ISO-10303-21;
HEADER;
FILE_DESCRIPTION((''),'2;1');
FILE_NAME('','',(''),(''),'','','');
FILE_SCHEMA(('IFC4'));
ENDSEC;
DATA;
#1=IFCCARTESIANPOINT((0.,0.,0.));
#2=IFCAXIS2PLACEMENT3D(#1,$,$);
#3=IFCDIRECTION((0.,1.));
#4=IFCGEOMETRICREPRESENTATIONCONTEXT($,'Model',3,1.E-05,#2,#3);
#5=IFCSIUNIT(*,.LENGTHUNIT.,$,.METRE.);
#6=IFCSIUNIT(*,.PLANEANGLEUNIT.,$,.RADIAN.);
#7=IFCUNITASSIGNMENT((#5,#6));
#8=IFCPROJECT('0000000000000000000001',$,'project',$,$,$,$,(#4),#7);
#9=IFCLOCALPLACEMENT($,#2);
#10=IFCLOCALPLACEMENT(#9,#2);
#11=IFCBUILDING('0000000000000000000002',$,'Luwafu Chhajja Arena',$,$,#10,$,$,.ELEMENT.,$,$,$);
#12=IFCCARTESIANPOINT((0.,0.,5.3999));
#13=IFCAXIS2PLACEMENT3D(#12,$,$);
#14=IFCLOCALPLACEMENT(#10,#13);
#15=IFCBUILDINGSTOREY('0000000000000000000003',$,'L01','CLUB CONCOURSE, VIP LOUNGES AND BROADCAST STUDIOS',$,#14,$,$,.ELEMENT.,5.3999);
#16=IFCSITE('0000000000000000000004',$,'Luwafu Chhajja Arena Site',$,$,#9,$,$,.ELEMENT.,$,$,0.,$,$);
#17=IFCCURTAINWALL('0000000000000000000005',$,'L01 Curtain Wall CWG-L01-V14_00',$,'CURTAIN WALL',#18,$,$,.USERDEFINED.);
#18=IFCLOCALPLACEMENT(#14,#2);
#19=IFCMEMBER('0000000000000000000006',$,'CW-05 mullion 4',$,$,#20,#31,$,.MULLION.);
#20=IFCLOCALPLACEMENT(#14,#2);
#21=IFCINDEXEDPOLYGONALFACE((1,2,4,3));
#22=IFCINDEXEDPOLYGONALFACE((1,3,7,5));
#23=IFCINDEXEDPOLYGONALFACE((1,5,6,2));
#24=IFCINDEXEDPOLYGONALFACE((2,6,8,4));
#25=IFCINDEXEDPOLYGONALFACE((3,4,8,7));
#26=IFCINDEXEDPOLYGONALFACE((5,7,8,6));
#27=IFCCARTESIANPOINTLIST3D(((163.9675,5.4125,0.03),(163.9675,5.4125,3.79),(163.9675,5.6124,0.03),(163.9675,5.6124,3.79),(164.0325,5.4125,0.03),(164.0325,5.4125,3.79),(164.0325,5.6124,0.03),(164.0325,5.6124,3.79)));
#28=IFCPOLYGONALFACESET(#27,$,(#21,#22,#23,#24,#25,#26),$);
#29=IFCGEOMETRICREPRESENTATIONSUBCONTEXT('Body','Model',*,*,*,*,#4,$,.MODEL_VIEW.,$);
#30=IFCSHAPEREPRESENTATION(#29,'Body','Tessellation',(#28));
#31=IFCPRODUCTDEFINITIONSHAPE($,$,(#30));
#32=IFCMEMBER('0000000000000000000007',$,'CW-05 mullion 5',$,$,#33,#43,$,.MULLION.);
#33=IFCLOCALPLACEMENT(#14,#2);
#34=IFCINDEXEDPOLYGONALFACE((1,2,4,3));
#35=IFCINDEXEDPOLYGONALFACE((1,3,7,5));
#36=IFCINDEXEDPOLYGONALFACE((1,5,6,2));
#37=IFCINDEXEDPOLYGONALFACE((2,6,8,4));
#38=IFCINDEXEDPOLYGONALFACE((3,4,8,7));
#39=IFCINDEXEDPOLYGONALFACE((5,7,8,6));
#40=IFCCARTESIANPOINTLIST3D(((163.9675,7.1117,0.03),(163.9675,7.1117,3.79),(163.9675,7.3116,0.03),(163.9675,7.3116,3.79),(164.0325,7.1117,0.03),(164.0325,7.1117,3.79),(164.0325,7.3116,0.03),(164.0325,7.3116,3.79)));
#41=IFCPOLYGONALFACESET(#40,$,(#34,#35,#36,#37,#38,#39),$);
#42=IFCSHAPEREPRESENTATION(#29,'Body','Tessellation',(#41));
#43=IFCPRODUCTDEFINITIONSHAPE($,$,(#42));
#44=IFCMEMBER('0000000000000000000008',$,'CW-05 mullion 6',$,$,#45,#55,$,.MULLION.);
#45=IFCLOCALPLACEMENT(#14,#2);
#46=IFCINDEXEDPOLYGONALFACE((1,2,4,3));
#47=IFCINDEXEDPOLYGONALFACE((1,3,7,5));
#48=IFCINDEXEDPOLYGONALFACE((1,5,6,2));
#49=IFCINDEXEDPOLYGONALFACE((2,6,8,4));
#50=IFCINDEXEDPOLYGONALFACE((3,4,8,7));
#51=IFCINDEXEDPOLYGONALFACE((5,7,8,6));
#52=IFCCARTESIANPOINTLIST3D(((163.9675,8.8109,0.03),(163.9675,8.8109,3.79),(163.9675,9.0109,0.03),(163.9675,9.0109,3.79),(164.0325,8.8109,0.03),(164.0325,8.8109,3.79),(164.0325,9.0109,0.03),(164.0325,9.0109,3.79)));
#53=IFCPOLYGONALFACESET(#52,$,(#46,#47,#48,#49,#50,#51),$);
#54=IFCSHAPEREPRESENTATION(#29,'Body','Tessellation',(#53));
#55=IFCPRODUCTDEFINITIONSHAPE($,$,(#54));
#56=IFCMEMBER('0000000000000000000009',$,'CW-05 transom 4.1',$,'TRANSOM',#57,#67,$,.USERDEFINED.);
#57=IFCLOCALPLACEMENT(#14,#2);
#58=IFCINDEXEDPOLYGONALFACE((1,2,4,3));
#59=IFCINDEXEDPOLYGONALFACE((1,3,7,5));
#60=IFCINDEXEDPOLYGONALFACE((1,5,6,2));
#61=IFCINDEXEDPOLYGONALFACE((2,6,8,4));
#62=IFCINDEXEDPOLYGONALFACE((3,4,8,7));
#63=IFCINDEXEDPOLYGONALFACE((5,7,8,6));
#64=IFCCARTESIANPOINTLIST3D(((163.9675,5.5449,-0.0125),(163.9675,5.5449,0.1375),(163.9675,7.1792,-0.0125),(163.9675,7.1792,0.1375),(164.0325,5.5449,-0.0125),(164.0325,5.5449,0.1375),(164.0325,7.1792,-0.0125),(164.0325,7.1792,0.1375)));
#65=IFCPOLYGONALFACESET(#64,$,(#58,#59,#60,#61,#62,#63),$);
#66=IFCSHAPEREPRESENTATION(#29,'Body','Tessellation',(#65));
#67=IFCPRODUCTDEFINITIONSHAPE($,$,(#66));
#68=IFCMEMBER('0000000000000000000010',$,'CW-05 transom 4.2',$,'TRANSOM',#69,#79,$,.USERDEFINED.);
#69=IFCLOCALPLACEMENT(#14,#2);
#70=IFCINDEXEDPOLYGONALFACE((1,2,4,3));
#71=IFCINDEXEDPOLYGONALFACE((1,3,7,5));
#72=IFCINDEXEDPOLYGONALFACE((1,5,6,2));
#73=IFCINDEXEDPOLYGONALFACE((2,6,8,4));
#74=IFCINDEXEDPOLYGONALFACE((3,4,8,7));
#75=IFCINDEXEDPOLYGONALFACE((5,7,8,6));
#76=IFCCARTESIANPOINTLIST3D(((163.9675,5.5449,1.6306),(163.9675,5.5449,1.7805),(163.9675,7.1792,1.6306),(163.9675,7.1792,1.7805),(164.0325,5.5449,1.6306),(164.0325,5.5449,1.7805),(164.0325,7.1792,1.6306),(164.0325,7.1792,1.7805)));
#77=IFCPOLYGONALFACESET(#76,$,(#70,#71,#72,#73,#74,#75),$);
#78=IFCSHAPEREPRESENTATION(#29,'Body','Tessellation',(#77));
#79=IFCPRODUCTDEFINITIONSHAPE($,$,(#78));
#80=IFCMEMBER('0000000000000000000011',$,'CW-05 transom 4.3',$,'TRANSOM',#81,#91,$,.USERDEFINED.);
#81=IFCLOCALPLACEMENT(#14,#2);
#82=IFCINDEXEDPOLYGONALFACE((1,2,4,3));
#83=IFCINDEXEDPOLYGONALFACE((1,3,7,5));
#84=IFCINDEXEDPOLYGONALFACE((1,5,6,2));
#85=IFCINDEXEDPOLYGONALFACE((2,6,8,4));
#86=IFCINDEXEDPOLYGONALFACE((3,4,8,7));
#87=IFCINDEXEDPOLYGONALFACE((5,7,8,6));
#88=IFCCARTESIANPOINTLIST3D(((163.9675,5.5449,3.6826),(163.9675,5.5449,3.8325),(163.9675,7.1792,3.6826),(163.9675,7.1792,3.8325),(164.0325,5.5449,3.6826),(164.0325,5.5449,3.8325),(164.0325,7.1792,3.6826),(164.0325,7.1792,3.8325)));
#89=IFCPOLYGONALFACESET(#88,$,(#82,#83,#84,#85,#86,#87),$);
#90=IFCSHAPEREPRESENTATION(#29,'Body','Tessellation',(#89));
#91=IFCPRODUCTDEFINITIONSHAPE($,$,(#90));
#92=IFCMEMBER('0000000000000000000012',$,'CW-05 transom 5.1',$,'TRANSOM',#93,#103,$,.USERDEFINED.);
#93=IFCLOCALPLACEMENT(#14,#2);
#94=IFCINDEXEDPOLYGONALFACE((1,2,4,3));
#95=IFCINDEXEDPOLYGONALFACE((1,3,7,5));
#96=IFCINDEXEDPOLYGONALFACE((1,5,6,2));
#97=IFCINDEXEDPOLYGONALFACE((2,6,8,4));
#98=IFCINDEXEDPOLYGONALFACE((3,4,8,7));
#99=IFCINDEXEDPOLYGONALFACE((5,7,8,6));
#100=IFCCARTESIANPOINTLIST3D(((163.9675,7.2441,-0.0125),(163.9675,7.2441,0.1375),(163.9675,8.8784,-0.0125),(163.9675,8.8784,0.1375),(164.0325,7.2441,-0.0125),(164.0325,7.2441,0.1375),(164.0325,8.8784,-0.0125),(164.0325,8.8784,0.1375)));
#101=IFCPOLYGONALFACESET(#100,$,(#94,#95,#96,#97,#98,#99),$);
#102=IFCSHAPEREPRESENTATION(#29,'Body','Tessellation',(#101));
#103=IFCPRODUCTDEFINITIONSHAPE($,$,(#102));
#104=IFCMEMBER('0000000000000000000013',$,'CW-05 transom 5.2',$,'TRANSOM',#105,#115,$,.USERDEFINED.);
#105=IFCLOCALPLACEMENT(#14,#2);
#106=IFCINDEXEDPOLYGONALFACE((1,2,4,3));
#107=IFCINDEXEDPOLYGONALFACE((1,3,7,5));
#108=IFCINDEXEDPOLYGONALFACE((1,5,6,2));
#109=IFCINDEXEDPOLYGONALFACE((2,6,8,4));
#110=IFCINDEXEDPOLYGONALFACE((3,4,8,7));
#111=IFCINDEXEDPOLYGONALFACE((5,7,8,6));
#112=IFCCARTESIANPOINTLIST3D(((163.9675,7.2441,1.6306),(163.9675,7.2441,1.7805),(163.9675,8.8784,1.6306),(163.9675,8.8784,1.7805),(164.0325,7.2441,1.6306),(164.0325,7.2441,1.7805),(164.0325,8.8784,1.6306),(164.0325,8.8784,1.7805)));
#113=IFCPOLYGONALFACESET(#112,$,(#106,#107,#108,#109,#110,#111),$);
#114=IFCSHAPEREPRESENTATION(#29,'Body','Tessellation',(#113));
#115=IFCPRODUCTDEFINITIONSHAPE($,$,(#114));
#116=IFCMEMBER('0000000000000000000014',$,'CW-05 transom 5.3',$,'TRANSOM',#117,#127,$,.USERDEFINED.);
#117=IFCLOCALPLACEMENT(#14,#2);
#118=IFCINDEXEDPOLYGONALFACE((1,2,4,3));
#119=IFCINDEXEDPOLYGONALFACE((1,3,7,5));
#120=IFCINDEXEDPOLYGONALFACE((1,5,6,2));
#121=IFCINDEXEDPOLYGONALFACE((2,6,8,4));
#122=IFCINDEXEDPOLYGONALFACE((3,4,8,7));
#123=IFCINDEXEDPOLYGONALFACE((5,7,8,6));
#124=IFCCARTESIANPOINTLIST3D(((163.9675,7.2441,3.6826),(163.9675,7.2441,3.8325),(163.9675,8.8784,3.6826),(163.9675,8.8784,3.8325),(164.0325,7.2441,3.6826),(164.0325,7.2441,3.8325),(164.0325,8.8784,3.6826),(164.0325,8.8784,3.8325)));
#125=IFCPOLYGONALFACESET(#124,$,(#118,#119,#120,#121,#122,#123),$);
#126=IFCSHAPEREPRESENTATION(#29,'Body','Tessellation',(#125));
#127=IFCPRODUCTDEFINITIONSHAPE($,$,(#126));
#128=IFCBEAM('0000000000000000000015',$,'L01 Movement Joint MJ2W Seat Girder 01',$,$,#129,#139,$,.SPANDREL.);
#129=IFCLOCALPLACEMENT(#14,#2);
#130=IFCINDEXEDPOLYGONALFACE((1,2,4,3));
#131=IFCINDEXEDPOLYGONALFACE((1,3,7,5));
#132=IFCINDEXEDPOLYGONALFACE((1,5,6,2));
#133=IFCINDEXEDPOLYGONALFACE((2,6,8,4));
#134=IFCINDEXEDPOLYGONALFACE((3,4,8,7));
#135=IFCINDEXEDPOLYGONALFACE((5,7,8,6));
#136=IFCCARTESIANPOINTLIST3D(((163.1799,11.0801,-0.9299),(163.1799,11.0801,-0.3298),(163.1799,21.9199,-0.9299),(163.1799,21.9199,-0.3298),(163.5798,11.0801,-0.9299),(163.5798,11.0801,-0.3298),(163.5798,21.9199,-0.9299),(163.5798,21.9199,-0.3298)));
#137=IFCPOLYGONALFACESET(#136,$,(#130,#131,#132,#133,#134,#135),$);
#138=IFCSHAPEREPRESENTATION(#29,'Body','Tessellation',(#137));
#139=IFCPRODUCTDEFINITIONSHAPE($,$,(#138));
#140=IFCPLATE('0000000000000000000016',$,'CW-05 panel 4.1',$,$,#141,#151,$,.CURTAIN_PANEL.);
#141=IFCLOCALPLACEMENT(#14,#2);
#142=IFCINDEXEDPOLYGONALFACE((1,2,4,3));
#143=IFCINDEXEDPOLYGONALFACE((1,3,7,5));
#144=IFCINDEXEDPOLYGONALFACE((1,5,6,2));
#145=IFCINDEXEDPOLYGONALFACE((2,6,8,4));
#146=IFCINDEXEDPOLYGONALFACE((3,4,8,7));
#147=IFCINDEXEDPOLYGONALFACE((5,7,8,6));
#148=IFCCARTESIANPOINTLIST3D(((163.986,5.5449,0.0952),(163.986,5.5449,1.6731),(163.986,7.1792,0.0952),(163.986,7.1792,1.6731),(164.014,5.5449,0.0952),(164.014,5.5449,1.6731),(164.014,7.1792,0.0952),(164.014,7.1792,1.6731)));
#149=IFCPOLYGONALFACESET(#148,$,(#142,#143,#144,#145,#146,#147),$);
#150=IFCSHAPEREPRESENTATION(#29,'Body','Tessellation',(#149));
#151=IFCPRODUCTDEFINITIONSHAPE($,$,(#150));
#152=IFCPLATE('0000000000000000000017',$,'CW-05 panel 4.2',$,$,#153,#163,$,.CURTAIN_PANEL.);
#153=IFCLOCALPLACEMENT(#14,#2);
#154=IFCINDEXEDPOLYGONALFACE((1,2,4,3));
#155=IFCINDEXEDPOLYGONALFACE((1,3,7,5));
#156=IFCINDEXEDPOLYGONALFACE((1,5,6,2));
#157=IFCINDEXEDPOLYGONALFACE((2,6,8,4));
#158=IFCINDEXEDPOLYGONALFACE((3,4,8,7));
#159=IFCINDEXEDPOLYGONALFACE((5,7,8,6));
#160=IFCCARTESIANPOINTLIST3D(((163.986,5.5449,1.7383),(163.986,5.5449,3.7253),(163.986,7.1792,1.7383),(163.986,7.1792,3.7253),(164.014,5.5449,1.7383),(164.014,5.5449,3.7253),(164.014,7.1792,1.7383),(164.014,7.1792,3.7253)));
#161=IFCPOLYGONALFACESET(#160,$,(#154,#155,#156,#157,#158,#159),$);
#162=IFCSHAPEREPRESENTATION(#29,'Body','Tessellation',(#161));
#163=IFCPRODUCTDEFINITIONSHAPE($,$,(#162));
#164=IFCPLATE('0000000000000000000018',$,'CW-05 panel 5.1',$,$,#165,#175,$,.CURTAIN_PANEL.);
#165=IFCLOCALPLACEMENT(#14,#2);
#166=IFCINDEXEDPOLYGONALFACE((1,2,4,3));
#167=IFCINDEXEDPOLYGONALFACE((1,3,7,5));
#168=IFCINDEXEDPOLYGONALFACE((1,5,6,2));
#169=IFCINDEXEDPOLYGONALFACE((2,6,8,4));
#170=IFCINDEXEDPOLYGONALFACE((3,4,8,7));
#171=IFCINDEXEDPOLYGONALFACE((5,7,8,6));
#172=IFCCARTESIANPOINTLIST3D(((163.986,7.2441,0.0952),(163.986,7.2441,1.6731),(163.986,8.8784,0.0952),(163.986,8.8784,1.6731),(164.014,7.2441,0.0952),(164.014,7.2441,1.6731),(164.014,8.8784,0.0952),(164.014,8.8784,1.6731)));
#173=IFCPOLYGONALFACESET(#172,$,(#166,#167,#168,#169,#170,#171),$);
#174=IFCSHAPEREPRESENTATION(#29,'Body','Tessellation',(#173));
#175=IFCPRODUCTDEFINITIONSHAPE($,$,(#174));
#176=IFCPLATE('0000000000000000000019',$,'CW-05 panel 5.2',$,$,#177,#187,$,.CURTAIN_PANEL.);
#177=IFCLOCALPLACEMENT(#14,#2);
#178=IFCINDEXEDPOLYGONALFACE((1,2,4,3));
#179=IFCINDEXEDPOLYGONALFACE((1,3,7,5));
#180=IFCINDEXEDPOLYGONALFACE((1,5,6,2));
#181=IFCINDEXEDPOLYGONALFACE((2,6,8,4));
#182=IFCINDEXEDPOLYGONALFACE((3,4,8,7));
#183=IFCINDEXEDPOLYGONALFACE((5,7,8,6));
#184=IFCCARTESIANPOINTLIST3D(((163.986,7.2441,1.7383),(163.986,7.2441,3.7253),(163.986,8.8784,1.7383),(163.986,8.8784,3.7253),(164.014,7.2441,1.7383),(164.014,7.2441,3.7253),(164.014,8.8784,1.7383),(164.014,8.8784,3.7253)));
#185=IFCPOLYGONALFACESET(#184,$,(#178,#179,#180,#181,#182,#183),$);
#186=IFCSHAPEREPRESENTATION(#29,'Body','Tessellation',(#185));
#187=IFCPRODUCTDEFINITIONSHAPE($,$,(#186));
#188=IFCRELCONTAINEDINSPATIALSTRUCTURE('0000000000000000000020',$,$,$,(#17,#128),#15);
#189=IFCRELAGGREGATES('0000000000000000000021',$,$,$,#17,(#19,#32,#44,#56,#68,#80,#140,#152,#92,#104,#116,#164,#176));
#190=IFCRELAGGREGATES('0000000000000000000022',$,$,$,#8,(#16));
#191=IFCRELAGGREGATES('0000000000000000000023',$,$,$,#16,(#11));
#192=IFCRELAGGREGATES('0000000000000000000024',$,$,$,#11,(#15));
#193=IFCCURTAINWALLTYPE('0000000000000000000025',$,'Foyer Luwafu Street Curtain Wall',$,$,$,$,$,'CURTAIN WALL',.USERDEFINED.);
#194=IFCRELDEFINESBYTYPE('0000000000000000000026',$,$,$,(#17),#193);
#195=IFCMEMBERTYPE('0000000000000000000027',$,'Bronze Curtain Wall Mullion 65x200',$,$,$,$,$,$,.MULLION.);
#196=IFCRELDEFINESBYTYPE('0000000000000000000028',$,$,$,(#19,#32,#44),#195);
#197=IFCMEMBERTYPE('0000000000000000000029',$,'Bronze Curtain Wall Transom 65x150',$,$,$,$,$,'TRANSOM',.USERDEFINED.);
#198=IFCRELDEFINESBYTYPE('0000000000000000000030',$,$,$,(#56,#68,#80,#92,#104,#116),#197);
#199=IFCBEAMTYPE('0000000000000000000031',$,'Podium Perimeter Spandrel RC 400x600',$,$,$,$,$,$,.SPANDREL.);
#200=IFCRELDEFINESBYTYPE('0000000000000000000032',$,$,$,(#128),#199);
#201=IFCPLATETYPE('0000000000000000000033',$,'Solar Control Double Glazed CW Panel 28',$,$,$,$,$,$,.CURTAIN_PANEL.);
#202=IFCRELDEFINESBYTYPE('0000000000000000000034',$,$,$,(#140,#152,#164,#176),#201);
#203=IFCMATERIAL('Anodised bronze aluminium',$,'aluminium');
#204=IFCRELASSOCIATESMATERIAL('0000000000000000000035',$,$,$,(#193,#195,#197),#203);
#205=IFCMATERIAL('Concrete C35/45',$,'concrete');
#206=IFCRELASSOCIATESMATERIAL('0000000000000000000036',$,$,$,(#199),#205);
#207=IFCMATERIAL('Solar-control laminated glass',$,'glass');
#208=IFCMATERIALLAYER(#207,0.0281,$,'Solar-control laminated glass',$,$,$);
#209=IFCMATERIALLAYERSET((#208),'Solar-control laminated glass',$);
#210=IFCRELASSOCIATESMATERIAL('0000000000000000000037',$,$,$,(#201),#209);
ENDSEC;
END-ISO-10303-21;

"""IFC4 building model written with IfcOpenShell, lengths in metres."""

from ifc_helpers import new_model, si_unit, direction, frame, origin, origin_2d, place, context, subcontext, project, spatial, rectangle, extrude, material, layer, layer_set, material_profile, profile_set, type_object, element, aggregate, save


model = new_model("IFC4")

# Units and contexts
model_context = context("Model", 3, precision=1e-05, world=origin(), true_north=direction((0.0, 1.0)))
body_context = subcontext(model_context, "Body", "Model", "MODEL_VIEW")
ifc_project = project(units=[si_unit("LENGTHUNIT", "METRE"), si_unit("PLANEANGLEUNIT", "RADIAN")], contexts=[model_context])

# Site, building, storey
site_placement = place(None, origin())
site = spatial("IfcSite", under=ifc_project, at=site_placement, Name="Luwafu Chhajja Arena Site", CompositionType="ELEMENT", RefElevation=0.0)
building_placement = place(site_placement, origin())
building = spatial("IfcBuilding", under=site, at=building_placement, Name="Luwafu Chhajja Arena", CompositionType="ELEMENT")
storey_placement = place(building_placement, frame((0.0, 0.0, 5.3999)))
storey = spatial("IfcBuildingStorey", under=building, at=storey_placement, Name="L01", Description="CLUB CONCOURSE, VIP LOUNGES AND BROADCAST STUDIOS", CompositionType="ELEMENT", Elevation=5.3999)

# Curtain wall, members
ifc_material_1 = material(Name="Anodised bronze aluminium", Category="aluminium")
curtain_wall_type = type_object("IfcCurtainWallType", Name="Foyer Luwafu Street Curtain Wall", ElementType="CURTAIN WALL", PredefinedType="USERDEFINED", material=ifc_material_1)
curtain_wall_placement = place(storey_placement, origin())
curtain_wall = element("IfcCurtainWall", 1, at=curtain_wall_placement, inside=storey, type_object=curtain_wall_type, Name="L01 Curtain Wall CWG-L01-V14_00", ObjectType="CURTAIN WALL", PredefinedType="USERDEFINED")
ifc_material_profile_1 = material_profile(ifc_material_1, rectangle(XDim=0.0649, YDim=0.2, at=origin_2d()), Name="CWM 65x200")
ifc_profile_set_1 = profile_set([ifc_material_profile_1], Name="Anodised bronze aluminium")
member_type_1 = type_object("IfcMemberType", Name="Bronze Curtain Wall Mullion 65x200", PredefinedType="MULLION", material=ifc_profile_set_1)
member_1_placement = place(storey_placement, frame((164.0, 5.5125, 0.03), z_axis=(0.0, 0.0, 1.0), x_axis=(-1.0, 0.0, 0.0)))
member_1 = element("IfcMember", 2, at=member_1_placement, type_object=member_type_1, Name="CW-05 mullion 4", PredefinedType="MULLION", context=body_context, shape_type="SweptSolid", body=[
    extrude(rectangle(XDim=0.0649, YDim=0.2, at=origin_2d()), origin(), (0.0, 0.0, 1.0), 3.76),
])
member_2_placement = place(storey_placement, frame((164.0, 7.2117, 0.03), z_axis=(0.0, 0.0, 1.0), x_axis=(-1.0, 0.0, 0.0)))
member_2 = element("IfcMember", 3, at=member_2_placement, type_object=member_type_1, Name="CW-05 mullion 5", PredefinedType="MULLION", context=body_context, shape_type="SweptSolid", body=[
    extrude(rectangle(XDim=0.0649, YDim=0.2, at=origin_2d()), origin(), (0.0, 0.0, 1.0), 3.76),
])
member_3_placement = place(storey_placement, frame((164.0, 8.9109, 0.03), z_axis=(0.0, 0.0, 1.0), x_axis=(-1.0, 0.0, 0.0)))
member_3 = element("IfcMember", 4, at=member_3_placement, type_object=member_type_1, Name="CW-05 mullion 6", PredefinedType="MULLION", context=body_context, shape_type="SweptSolid", body=[
    extrude(rectangle(XDim=0.0649, YDim=0.2, at=origin_2d()), origin(), (0.0, 0.0, 1.0), 3.76),
])
ifc_material_profile_2 = material_profile(ifc_material_1, rectangle(XDim=0.0649, YDim=0.1499, at=origin_2d()), Name="CWT 65x150")
ifc_profile_set_2 = profile_set([ifc_material_profile_2], Name="Anodised bronze aluminium")
member_type_2 = type_object("IfcMemberType", Name="Bronze Curtain Wall Transom 65x150", ElementType="TRANSOM", PredefinedType="USERDEFINED", material=ifc_profile_set_2)
member_4_placement = place(storey_placement, frame((164.0, 5.5449, 0.0625), z_axis=(0.0, 1.0, 0.0), x_axis=(-1.0, 0.0, 0.0)))
member_4 = element("IfcMember", 5, at=member_4_placement, type_object=member_type_2, Name="CW-05 transom 4.1", ObjectType="TRANSOM", PredefinedType="USERDEFINED", context=body_context, shape_type="SweptSolid", body=[
    extrude(rectangle(XDim=0.0649, YDim=0.1499, at=origin_2d()), origin(), (0.0, 0.0, 1.0), 1.6343),
])
member_5_placement = place(storey_placement, frame((164.0, 5.5449, 1.7056), z_axis=(0.0, 1.0, 0.0), x_axis=(-1.0, 0.0, 0.0)))
member_5 = element("IfcMember", 6, at=member_5_placement, type_object=member_type_2, Name="CW-05 transom 4.2", ObjectType="TRANSOM", PredefinedType="USERDEFINED", context=body_context, shape_type="SweptSolid", body=[
    extrude(rectangle(XDim=0.0649, YDim=0.1499, at=origin_2d()), origin(), (0.0, 0.0, 1.0), 1.6343),
])
member_6_placement = place(storey_placement, frame((164.0, 5.5449, 3.7576), z_axis=(0.0, 1.0, 0.0), x_axis=(-1.0, 0.0, 0.0)))
member_6 = element("IfcMember", 7, at=member_6_placement, type_object=member_type_2, Name="CW-05 transom 4.3", ObjectType="TRANSOM", PredefinedType="USERDEFINED", context=body_context, shape_type="SweptSolid", body=[
    extrude(rectangle(XDim=0.0649, YDim=0.1499, at=origin_2d()), origin(), (0.0, 0.0, 1.0), 1.6343),
])
member_7_placement = place(storey_placement, frame((164.0, 7.2441, 0.0625), z_axis=(0.0, 1.0, 0.0), x_axis=(-1.0, 0.0, 0.0)))
member_7 = element("IfcMember", 8, at=member_7_placement, type_object=member_type_2, Name="CW-05 transom 5.1", ObjectType="TRANSOM", PredefinedType="USERDEFINED", context=body_context, shape_type="SweptSolid", body=[
    extrude(rectangle(XDim=0.0649, YDim=0.1499, at=origin_2d()), origin(), (0.0, 0.0, 1.0), 1.6343),
])
member_8_placement = place(storey_placement, frame((164.0, 7.2441, 1.7056), z_axis=(0.0, 1.0, 0.0), x_axis=(-1.0, 0.0, 0.0)))
member_8 = element("IfcMember", 9, at=member_8_placement, type_object=member_type_2, Name="CW-05 transom 5.2", ObjectType="TRANSOM", PredefinedType="USERDEFINED", context=body_context, shape_type="SweptSolid", body=[
    extrude(rectangle(XDim=0.0649, YDim=0.1499, at=origin_2d()), origin(), (0.0, 0.0, 1.0), 1.6343),
])
member_9_placement = place(storey_placement, frame((164.0, 7.2441, 3.7576), z_axis=(0.0, 1.0, 0.0), x_axis=(-1.0, 0.0, 0.0)))
member_9 = element("IfcMember", 10, at=member_9_placement, type_object=member_type_2, Name="CW-05 transom 5.3", ObjectType="TRANSOM", PredefinedType="USERDEFINED", context=body_context, shape_type="SweptSolid", body=[
    extrude(rectangle(XDim=0.0649, YDim=0.1499, at=origin_2d()), origin(), (0.0, 0.0, 1.0), 1.6343),
])

# Beam
ifc_material_2 = material(Name="Concrete C35/45", Category="concrete")
ifc_material_profile_3 = material_profile(ifc_material_2, rectangle(XDim=0.3999, YDim=0.6001, at=origin_2d()), Name="RC 400x600")
ifc_profile_set_3 = profile_set([ifc_material_profile_3], Name="Concrete C35/45")
beam_type = type_object("IfcBeamType", Name="Podium Perimeter Spandrel RC 400x600", PredefinedType="SPANDREL", material=ifc_profile_set_3)
beam_placement = place(storey_placement, frame((163.3799, 11.0801, -0.6299), z_axis=(0.0, 1.0, 0.0), x_axis=(-1.0, 0.0, 0.0)))
element("IfcBeam", 11, at=beam_placement, inside=storey, type_object=beam_type, Name="L01 Movement Joint MJ2W Seat Girder 01", PredefinedType="SPANDREL", context=body_context, shape_type="SweptSolid", body=[
    extrude(rectangle(XDim=0.3999, YDim=0.6001, at=origin_2d()), origin(), (0.0, 0.0, 1.0), 10.8398),
])

# Plates
ifc_material_3 = material(Name="Solar-control laminated glass", Category="glass")
ifc_layer_1 = layer(ifc_material_3, 0.0281, Name="Solar-control laminated glass")
ifc_layer_set_1 = layer_set([ifc_layer_1], Name="Solar-control laminated glass")
plate_type = type_object("IfcPlateType", Name="Solar Control Double Glazed CW Panel 28", PredefinedType="CURTAIN_PANEL", material=ifc_layer_set_1)
plate_1_placement = place(storey_placement, frame((164.0, 6.3621, 0.0952), z_axis=(0.0, 0.0, 1.0), x_axis=(0.0, 1.0, 0.0)))
plate_1 = element("IfcPlate", 12, at=plate_1_placement, type_object=plate_type, Name="CW-05 panel 4.1", PredefinedType="CURTAIN_PANEL", context=body_context, shape_type="SweptSolid", body=[
    extrude(rectangle(XDim=1.6343, YDim=0.0281, at=origin_2d()), origin(), (0.0, 0.0, 1.0), 1.5779),
])
plate_2_placement = place(storey_placement, frame((164.0, 6.3621, 1.7383), z_axis=(0.0, 0.0, 1.0), x_axis=(0.0, 1.0, 0.0)))
plate_2 = element("IfcPlate", 13, at=plate_2_placement, type_object=plate_type, Name="CW-05 panel 4.2", PredefinedType="CURTAIN_PANEL", context=body_context, shape_type="SweptSolid", body=[
    extrude(rectangle(XDim=1.6343, YDim=0.0281, at=origin_2d()), origin(), (0.0, 0.0, 1.0), 1.9871),
])
plate_3_placement = place(storey_placement, frame((164.0, 8.0613, 0.0952), z_axis=(0.0, 0.0, 1.0), x_axis=(0.0, 1.0, 0.0)))
plate_3 = element("IfcPlate", 14, at=plate_3_placement, type_object=plate_type, Name="CW-05 panel 5.1", PredefinedType="CURTAIN_PANEL", context=body_context, shape_type="SweptSolid", body=[
    extrude(rectangle(XDim=1.6343, YDim=0.0281, at=origin_2d()), origin(), (0.0, 0.0, 1.0), 1.5779),
])
plate_4_placement = place(storey_placement, frame((164.0, 8.0613, 1.7383), z_axis=(0.0, 0.0, 1.0), x_axis=(0.0, 1.0, 0.0)))
plate_4 = element("IfcPlate", 15, at=plate_4_placement, type_object=plate_type, Name="CW-05 panel 5.2", PredefinedType="CURTAIN_PANEL", context=body_context, shape_type="SweptSolid", body=[
    extrude(rectangle(XDim=1.6343, YDim=0.0281, at=origin_2d()), origin(), (0.0, 0.0, 1.0), 1.9871),
])
aggregate(curtain_wall, [member_1, member_2, member_3, member_4, member_5, member_6, plate_1, plate_2, member_7, member_8, member_9, plate_3, plate_4])

save(model, "model.ifc")
